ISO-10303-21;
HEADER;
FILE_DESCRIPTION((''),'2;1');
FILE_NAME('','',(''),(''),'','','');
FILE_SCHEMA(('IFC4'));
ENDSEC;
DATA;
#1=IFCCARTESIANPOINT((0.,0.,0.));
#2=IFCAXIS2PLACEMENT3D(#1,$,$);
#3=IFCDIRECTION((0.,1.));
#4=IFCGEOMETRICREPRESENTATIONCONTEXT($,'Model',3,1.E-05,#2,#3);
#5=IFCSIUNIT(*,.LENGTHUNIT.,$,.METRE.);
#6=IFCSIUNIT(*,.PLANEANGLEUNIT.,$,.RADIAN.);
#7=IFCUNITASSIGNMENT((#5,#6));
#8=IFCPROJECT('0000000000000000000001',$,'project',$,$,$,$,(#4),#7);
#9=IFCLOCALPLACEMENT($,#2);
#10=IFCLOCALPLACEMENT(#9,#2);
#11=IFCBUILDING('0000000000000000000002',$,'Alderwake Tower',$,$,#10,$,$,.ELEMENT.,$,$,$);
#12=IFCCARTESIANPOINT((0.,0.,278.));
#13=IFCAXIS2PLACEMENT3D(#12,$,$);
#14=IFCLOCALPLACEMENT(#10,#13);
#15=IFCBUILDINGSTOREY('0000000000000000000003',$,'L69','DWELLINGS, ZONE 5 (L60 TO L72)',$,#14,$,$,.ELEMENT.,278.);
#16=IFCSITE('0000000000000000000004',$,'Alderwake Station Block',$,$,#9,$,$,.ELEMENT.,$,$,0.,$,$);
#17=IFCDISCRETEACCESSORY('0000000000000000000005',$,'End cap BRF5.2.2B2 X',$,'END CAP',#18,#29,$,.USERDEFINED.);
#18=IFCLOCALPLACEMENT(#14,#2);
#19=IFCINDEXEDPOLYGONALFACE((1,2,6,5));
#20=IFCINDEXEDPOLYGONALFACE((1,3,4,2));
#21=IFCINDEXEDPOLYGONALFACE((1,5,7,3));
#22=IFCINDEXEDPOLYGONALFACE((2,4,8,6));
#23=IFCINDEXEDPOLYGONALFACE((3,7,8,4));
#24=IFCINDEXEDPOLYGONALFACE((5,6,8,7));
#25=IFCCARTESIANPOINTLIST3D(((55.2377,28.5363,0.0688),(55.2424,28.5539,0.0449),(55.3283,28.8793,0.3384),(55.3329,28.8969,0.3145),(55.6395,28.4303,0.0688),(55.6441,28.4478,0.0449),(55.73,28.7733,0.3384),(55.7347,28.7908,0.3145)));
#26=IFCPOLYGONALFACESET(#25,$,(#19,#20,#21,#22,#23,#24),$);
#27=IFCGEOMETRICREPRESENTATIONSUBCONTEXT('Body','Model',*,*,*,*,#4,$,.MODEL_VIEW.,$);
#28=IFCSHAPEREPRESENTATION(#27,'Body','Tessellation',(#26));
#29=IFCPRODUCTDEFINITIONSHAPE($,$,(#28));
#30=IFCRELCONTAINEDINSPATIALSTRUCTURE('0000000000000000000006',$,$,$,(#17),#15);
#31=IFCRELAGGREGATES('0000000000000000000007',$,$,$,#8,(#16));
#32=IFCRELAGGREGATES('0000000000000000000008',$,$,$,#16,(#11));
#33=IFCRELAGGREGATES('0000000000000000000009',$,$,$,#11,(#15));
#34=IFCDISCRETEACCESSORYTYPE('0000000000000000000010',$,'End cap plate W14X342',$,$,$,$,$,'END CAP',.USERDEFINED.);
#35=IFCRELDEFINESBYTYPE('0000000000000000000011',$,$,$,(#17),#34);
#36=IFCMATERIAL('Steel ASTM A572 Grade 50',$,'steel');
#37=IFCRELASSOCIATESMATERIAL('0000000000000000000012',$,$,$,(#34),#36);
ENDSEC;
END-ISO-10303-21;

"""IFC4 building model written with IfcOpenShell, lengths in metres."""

from ifc_helpers import new_model, si_unit, direction, frame, origin, origin_2d, place, context, subcontext, project, spatial, rectangle, extrude, material, material_profile, profile_set, type_object, element, save


model = new_model("IFC4")

# Units and contexts
model_context = context("Model", 3, precision=1e-05, world=origin(), true_north=direction((0.0, 1.0)))
body_context = subcontext(model_context, "Body", "Model", "MODEL_VIEW")
ifc_project = project(units=[si_unit("LENGTHUNIT", "METRE"), si_unit("PLANEANGLEUNIT", "RADIAN")], contexts=[model_context])

# Site, building, storey
site_placement = place(None, origin())
site = spatial("IfcSite", under=ifc_project, at=site_placement, Name="Alderwake Station Block", CompositionType="ELEMENT", RefElevation=0.0)
building_placement = place(site_placement, origin())
building = spatial("IfcBuilding", under=site, at=building_placement, Name="Alderwake Tower", CompositionType="ELEMENT")
storey_placement = place(building_placement, frame((0.0, 0.0, 278.0)))
storey = spatial("IfcBuildingStorey", under=building, at=storey_placement, Name="L69", Description="DWELLINGS, ZONE 5 (L60 TO L72)", CompositionType="ELEMENT", Elevation=278.0)

# Discrete accessory
ifc_material_1 = material(Name="Steel ASTM A572 Grade 50", Category="steel")
ifc_material_profile_1 = material_profile(ifc_material_1, rectangle(XDim=0.4155, YDim=0.4456, at=origin_2d()), Name="W14X342 cap")
ifc_profile_set_1 = profile_set([ifc_material_profile_1], Name="Steel ASTM A572 Grade 50")
discrete_accessory_type = type_object("IfcDiscreteAccessoryType", Name="End cap plate W14X342", ElementType="END CAP", PredefinedType="USERDEFINED", material=ifc_profile_set_1)
discrete_accessory_placement = place(storey_placement, frame((55.4839, 28.6548, 0.2036), z_axis=(0.15437, 0.584979, -0.796222), x_axis=(-0.9669, 0.255154, 0.0)))
element("IfcDiscreteAccessory", 1, at=discrete_accessory_placement, inside=storey, type_object=discrete_accessory_type, Name="End cap BRF5.2.2B2 X", ObjectType="END CAP", PredefinedType="USERDEFINED", context=body_context, shape_type="SweptSolid", body=[
    extrude(rectangle(XDim=0.4155, YDim=0.4456, at=origin_2d()), origin(), (0.0, 0.0, 1.0), 0.03),
])

save(model, "model.ifc")
